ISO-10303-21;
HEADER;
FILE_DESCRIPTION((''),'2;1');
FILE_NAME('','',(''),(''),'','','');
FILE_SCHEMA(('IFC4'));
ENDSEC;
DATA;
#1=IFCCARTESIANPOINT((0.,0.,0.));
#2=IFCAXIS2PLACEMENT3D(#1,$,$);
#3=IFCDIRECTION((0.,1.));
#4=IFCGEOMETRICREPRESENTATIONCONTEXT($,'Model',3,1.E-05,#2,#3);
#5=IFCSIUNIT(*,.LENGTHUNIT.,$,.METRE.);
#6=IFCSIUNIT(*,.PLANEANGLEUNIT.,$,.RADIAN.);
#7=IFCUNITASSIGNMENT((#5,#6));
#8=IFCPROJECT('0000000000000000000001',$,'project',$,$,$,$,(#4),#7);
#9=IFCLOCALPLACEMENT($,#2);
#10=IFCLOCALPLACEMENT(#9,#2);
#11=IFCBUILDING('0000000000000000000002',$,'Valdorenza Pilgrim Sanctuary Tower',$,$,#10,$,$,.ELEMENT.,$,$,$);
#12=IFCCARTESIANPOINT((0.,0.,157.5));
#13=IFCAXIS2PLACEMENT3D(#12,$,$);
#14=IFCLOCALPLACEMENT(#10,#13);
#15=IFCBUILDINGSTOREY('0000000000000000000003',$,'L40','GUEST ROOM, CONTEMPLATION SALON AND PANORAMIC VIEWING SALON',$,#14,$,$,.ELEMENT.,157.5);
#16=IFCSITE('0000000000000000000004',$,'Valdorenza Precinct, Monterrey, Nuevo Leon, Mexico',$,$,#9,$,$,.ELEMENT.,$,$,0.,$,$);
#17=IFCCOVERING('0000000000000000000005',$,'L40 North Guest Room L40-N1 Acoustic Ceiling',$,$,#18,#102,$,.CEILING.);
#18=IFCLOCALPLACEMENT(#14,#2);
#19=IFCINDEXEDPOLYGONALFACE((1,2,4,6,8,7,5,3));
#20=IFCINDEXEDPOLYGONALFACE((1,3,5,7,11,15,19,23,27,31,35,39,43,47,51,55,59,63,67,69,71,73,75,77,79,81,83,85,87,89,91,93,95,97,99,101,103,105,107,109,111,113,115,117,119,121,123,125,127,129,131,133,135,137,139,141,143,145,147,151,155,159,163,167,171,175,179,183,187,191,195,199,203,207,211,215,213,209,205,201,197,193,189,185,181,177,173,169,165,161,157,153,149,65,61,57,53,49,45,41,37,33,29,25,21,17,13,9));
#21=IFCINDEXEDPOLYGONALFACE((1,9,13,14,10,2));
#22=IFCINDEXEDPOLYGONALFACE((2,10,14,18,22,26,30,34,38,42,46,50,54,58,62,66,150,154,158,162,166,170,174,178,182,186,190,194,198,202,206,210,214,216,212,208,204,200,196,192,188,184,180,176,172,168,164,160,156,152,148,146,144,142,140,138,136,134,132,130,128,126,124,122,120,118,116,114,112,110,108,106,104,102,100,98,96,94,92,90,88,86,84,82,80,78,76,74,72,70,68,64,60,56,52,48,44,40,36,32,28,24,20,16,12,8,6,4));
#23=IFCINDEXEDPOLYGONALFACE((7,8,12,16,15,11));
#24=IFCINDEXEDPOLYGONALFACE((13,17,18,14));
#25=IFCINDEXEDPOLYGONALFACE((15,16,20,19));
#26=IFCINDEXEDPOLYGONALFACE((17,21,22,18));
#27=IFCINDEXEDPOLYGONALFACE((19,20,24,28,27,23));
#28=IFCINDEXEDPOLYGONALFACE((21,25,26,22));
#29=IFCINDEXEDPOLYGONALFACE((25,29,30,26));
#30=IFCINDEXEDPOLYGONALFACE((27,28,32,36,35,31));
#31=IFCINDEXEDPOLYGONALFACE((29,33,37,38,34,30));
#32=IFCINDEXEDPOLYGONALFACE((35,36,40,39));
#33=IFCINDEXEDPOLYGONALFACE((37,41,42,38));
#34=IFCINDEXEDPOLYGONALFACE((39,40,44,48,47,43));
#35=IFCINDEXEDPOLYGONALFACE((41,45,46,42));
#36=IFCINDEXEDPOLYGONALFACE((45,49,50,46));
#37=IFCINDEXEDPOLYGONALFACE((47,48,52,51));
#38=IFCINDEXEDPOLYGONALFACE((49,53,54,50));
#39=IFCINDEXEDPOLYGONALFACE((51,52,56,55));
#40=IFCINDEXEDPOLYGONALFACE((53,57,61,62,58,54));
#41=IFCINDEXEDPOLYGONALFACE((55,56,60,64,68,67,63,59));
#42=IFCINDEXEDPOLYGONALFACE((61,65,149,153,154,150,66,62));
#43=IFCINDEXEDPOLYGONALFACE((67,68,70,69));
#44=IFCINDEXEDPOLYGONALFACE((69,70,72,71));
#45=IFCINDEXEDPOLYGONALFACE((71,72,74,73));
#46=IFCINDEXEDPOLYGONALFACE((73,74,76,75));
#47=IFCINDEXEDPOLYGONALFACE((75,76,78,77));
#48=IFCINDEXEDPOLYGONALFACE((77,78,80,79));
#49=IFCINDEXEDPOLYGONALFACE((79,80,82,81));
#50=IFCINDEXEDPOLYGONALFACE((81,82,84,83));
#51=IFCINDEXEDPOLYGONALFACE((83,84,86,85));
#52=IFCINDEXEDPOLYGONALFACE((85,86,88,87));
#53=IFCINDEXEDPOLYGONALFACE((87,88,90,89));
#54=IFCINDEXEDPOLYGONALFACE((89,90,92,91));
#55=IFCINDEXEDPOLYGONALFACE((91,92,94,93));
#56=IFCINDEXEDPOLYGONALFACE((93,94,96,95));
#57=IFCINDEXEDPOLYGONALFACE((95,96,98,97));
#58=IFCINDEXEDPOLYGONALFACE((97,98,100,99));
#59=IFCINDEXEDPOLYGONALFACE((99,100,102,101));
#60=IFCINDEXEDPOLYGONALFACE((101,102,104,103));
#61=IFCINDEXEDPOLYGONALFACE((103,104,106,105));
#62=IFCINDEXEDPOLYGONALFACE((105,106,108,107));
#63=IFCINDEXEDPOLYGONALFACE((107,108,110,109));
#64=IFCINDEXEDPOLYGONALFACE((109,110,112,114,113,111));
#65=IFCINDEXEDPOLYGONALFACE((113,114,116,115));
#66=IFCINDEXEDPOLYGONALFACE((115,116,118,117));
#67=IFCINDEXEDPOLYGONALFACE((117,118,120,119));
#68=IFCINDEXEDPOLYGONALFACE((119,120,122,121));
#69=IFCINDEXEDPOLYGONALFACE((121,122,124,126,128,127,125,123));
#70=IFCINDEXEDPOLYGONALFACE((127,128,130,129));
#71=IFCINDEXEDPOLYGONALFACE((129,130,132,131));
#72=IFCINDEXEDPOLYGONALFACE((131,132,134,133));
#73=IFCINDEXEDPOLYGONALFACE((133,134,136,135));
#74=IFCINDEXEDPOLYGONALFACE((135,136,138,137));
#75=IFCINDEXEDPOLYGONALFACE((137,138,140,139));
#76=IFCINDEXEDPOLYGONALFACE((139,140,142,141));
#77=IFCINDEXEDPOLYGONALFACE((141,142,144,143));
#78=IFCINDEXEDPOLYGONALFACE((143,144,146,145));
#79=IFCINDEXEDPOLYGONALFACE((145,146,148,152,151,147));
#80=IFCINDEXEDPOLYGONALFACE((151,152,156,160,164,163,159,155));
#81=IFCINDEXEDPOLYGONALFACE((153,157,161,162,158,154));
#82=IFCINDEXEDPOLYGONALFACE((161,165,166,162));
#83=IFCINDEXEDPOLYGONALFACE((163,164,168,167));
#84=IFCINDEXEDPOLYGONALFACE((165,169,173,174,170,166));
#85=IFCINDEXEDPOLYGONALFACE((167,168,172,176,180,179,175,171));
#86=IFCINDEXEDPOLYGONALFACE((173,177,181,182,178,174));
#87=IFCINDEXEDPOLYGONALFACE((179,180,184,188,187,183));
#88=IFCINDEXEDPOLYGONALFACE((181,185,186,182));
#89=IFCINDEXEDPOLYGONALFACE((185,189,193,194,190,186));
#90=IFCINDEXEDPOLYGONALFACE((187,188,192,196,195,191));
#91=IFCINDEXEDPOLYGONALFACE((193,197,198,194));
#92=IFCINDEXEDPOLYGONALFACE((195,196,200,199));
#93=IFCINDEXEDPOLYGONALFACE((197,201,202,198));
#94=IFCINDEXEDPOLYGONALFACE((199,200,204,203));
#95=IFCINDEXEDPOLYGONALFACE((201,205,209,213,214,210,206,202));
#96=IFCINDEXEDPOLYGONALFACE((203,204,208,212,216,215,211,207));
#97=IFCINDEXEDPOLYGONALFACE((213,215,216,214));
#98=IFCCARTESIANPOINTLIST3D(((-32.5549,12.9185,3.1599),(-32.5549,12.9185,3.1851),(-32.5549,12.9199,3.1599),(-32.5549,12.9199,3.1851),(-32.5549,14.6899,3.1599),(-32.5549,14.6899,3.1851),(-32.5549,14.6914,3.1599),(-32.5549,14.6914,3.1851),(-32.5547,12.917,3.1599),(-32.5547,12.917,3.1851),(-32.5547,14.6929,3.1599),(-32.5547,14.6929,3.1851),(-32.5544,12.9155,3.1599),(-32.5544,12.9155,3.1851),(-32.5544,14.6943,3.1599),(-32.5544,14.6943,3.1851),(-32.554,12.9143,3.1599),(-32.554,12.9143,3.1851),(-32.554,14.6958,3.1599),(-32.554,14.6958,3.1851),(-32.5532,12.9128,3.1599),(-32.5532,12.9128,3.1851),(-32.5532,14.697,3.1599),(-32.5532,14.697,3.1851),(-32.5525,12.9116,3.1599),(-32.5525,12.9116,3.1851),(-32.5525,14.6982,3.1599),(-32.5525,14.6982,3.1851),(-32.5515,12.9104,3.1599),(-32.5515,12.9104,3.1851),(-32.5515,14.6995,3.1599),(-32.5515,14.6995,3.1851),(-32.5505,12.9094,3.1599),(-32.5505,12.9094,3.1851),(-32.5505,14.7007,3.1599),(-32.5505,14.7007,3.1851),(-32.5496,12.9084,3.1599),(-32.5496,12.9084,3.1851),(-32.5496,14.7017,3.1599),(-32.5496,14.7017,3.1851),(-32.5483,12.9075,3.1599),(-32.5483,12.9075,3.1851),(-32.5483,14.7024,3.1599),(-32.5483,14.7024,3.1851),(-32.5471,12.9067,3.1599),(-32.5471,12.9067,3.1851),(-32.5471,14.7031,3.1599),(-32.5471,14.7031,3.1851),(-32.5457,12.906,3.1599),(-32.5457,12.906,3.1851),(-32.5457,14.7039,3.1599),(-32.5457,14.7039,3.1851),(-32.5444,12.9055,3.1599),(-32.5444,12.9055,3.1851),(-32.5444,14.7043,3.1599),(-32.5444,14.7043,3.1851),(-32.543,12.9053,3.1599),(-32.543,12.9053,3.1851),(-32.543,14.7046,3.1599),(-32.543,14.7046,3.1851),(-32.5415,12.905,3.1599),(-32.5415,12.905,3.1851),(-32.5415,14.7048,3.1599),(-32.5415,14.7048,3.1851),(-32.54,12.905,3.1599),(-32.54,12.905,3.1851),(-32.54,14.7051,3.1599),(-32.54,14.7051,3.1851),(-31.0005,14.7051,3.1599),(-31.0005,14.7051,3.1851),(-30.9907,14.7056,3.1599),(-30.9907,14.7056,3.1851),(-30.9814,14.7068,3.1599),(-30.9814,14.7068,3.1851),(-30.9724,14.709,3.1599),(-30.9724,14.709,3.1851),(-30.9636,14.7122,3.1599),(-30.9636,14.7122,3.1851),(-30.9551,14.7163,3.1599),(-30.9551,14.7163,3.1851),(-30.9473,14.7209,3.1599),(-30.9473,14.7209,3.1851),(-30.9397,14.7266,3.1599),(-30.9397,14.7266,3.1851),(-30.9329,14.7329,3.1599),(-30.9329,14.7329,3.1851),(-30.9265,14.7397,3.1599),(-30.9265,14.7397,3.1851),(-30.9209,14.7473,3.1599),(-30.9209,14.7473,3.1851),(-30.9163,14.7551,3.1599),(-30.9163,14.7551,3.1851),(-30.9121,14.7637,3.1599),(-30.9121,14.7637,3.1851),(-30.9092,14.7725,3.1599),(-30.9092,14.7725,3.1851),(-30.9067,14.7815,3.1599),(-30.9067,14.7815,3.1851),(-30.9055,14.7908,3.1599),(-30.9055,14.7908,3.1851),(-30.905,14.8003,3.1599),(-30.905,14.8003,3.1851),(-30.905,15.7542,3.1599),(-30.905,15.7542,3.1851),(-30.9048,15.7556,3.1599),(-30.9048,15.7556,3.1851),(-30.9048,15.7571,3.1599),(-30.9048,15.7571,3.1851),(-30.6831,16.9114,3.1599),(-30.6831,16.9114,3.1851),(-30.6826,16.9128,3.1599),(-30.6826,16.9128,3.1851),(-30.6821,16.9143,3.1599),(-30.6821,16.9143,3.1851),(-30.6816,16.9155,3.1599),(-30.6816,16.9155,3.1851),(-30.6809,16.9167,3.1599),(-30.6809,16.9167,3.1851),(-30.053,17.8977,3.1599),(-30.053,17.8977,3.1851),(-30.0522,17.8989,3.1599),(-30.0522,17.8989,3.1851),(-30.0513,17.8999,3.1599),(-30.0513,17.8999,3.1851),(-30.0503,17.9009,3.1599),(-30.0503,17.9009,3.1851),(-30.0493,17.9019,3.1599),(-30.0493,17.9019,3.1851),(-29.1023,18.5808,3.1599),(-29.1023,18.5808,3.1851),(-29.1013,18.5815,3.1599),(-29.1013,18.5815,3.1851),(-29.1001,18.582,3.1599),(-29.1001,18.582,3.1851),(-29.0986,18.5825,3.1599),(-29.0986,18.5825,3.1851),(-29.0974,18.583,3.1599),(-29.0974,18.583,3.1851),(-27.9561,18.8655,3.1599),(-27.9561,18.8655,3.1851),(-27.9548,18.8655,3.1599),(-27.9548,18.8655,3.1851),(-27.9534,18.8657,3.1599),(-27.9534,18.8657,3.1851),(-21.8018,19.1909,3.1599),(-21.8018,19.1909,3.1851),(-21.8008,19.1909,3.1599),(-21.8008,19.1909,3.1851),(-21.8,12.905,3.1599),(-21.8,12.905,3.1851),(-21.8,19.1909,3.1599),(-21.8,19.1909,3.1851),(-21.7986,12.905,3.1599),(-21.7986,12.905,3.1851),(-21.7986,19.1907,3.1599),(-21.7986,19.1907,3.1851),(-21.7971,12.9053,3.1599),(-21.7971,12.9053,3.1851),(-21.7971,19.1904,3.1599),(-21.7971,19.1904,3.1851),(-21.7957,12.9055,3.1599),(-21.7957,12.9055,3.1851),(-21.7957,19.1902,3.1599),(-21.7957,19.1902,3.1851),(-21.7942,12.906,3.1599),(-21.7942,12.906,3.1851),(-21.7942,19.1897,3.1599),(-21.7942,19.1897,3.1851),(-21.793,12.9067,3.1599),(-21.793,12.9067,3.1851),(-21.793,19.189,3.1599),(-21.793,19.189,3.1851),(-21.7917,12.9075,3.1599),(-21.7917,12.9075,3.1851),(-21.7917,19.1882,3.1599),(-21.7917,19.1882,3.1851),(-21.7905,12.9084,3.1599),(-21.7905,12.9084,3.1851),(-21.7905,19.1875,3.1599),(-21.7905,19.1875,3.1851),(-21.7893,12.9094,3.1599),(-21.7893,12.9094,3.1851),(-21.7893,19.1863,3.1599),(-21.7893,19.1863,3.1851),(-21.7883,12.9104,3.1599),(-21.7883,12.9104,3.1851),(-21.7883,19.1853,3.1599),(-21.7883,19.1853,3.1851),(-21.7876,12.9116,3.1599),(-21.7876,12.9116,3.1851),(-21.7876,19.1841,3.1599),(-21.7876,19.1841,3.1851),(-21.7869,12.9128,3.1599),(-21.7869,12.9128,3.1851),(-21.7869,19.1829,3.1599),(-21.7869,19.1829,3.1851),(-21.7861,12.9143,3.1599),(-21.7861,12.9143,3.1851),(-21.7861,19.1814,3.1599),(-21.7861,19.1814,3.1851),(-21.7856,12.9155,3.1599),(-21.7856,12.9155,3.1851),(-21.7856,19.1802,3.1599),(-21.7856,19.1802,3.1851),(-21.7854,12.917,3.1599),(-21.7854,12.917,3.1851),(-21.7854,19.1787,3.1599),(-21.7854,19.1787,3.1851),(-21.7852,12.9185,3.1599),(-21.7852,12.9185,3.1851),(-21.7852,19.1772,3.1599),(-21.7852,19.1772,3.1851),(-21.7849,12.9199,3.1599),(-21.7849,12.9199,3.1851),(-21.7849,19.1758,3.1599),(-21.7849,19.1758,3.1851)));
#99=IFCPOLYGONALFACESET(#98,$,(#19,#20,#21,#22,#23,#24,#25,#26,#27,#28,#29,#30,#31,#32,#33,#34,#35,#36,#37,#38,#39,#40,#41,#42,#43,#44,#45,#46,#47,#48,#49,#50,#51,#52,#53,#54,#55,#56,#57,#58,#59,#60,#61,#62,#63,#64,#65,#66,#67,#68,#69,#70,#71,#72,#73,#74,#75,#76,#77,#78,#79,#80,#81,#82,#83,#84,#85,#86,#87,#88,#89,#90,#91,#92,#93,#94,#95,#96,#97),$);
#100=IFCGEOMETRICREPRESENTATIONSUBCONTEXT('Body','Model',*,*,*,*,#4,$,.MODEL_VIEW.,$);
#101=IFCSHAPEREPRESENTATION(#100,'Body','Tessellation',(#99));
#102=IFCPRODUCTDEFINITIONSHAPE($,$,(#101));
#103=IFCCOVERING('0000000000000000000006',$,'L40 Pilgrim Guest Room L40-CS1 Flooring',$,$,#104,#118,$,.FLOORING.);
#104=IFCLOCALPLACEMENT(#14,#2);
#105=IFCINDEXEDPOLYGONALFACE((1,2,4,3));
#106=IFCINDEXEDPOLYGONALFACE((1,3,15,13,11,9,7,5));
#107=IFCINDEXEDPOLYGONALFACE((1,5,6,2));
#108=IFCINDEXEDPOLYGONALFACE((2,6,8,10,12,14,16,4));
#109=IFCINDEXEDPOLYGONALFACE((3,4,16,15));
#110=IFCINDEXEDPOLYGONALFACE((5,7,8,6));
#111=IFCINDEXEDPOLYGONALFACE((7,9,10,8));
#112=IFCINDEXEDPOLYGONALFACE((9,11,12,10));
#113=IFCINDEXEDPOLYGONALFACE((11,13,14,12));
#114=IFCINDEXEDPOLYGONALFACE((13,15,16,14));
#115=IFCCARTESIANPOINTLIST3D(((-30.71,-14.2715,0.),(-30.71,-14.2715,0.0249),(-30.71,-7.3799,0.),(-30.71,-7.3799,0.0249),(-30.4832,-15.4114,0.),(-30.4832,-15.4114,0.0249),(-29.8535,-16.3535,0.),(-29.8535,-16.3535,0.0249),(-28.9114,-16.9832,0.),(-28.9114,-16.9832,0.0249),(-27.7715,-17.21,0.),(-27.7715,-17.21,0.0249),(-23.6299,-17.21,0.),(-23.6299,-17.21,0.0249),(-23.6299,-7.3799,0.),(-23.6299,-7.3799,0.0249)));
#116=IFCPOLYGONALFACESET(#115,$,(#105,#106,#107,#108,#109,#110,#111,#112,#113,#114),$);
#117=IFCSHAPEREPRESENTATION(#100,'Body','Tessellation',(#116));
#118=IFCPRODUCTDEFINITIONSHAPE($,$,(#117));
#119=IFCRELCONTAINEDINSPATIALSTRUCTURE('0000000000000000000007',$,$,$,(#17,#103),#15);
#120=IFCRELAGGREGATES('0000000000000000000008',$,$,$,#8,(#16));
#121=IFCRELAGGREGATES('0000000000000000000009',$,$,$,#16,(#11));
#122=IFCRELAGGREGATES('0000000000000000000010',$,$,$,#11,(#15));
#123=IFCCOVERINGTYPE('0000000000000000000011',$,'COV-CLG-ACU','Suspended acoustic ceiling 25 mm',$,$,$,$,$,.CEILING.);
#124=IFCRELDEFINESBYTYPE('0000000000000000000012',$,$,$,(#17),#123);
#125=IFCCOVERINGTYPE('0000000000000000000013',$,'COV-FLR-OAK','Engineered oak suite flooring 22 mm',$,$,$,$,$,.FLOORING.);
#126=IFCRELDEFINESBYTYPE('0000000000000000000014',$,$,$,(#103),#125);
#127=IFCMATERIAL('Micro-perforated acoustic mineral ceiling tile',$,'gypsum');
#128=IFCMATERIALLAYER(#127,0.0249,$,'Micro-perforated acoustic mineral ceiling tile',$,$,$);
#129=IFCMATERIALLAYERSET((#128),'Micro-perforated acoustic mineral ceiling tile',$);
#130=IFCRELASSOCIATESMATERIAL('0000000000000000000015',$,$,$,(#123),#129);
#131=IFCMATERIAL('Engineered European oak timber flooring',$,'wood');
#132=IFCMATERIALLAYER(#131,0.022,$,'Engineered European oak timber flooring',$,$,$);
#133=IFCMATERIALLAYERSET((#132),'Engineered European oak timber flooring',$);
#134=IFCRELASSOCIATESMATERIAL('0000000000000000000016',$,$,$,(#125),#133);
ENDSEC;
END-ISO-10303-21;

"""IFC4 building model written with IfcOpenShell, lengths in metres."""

from ifc_helpers import new_model, si_unit, direction, frame, origin, place, context, subcontext, project, spatial, polyline, outline, extrude, material, layer, layer_set, type_object, element, save


model = new_model("IFC4")

# Units and contexts
model_context = context("Model", 3, precision=1e-05, world=origin(), true_north=direction((0.0, 1.0)))
body_context = subcontext(model_context, "Body", "Model", "MODEL_VIEW")
ifc_project = project(units=[si_unit("LENGTHUNIT", "METRE"), si_unit("PLANEANGLEUNIT", "RADIAN")], contexts=[model_context])

# Site, building, storey
site_placement = place(None, origin())
site = spatial("IfcSite", under=ifc_project, at=site_placement, Name="Valdorenza Precinct, Monterrey, Nuevo Leon, Mexico", CompositionType="ELEMENT", RefElevation=0.0)
building_placement = place(site_placement, origin())
building = spatial("IfcBuilding", under=site, at=building_placement, Name="Valdorenza Pilgrim Sanctuary Tower", CompositionType="ELEMENT")
storey_placement = place(building_placement, frame((0.0, 0.0, 157.5)))
storey = spatial("IfcBuildingStorey", under=building, at=storey_placement, Name="L40", Description="GUEST ROOM, CONTEMPLATION SALON AND PANORAMIC VIEWING SALON", CompositionType="ELEMENT", Elevation=157.5)

# Coverings
ifc_material_1 = material(Name="Micro-perforated acoustic mineral ceiling tile", Category="gypsum")
ifc_layer_1 = layer(ifc_material_1, 0.0249, Name="Micro-perforated acoustic mineral ceiling tile")
ifc_layer_set_1 = layer_set([ifc_layer_1], Name="Micro-perforated acoustic mineral ceiling tile")
covering_type_1 = type_object("IfcCoveringType", Name="COV-CLG-ACU", Description="Suspended acoustic ceiling 25 mm", PredefinedType="CEILING", material=ifc_layer_set_1)
covering_1_placement = place(storey_placement, frame((0.0, 0.0, 3.1599)))
element("IfcCovering", 1, at=covering_1_placement, inside=storey, type_object=covering_type_1, Name="L40 North Guest Room L40-N1 Acoustic Ceiling", PredefinedType="CEILING", context=body_context, shape_type="SweptSolid", body=[
    extrude(outline(polyline([(-31.0005, 14.7051), (-30.9907, 14.7056), (-30.9814, 14.7068), (-30.9724, 14.709), (-30.9636, 14.7122), (-30.9551, 14.7163), (-30.9473, 14.7209), (-30.9397, 14.7266), (-30.9329, 14.7329), (-30.9265, 14.7397), (-30.9209, 14.7473), (-30.9163, 14.7551), (-30.9121, 14.7637), (-30.9092, 14.7725), (-30.9067, 14.7815), (-30.9055, 14.7908), (-30.905, 14.8003), (-30.905, 15.7542), (-30.9048, 15.7556), (-30.9048, 15.7571), (-30.6831, 16.9114), (-30.6826, 16.9128), (-30.6821, 16.9143), (-30.6816, 16.9155), (-30.6809, 16.9167), (-30.053, 17.8977), (-30.0522, 17.8989), (-30.0513, 17.8999), (-30.0503, 17.9009), (-30.0493, 17.9019), (-29.1023, 18.5808), (-29.1013, 18.5815), (-29.1001, 18.582), (-29.0986, 18.5825), (-29.0974, 18.583), (-27.9561, 18.8655), (-27.9548, 18.8655), (-27.9534, 18.8657), (-21.8018, 19.1909), (-21.8008, 19.1909), (-21.8, 19.1909), (-21.7986, 19.1907), (-21.7971, 19.1904), (-21.7957, 19.1902), (-21.7942, 19.1897), (-21.793, 19.189), (-21.7917, 19.1882), (-21.7905, 19.1875), (-21.7893, 19.1863), (-21.7883, 19.1853), (-21.7876, 19.1841), (-21.7869, 19.1829), (-21.7861, 19.1814), (-21.7856, 19.1802), (-21.7854, 19.1787), (-21.7852, 19.1772), (-21.7849, 19.1758), (-21.7849, 12.9199), (-21.7852, 12.9185), (-21.7854, 12.917), (-21.7856, 12.9155), (-21.7861, 12.9143), (-21.7869, 12.9128), (-21.7876, 12.9116), (-21.7883, 12.9104), (-21.7893, 12.9094), (-21.7905, 12.9084), (-21.7917, 12.9075), (-21.793, 12.9067), (-21.7942, 12.906), (-21.7957, 12.9055), (-21.7971, 12.9053), (-21.7986, 12.905), (-21.8, 12.905), (-32.54, 12.905), (-32.5415, 12.905), (-32.543, 12.9053), (-32.5444, 12.9055), (-32.5457, 12.906), (-32.5471, 12.9067), (-32.5483, 12.9075), (-32.5496, 12.9084), (-32.5505, 12.9094), (-32.5515, 12.9104), (-32.5525, 12.9116), (-32.5532, 12.9128), (-32.554, 12.9143), (-32.5544, 12.9155), (-32.5547, 12.917), (-32.5549, 12.9185), (-32.5549, 12.9199), (-32.5549, 14.6899), (-32.5549, 14.6914), (-32.5547, 14.6929), (-32.5544, 14.6943), (-32.554, 14.6958), (-32.5532, 14.697), (-32.5525, 14.6982), (-32.5515, 14.6995), (-32.5505, 14.7007), (-32.5496, 14.7017), (-32.5483, 14.7024), (-32.5471, 14.7031), (-32.5457, 14.7039), (-32.5444, 14.7043), (-32.543, 14.7046), (-32.5415, 14.7048), (-32.54, 14.7051), (-31.0005, 14.7051)])), origin(), (0.0, 0.0, 1.0), 0.0251),
])
ifc_material_2 = material(Name="Engineered European oak timber flooring", Category="wood")
ifc_layer_2 = layer(ifc_material_2, 0.022, Name="Engineered European oak timber flooring")
ifc_layer_set_2 = layer_set([ifc_layer_2], Name="Engineered European oak timber flooring")
covering_type_2 = type_object("IfcCoveringType", Name="COV-FLR-OAK", Description="Engineered oak suite flooring 22 mm", PredefinedType="FLOORING", material=ifc_layer_set_2)
covering_2_placement = place(storey_placement, origin())
element("IfcCovering", 2, at=covering_2_placement, inside=storey, type_object=covering_type_2, Name="L40 Pilgrim Guest Room L40-CS1 Flooring", PredefinedType="FLOORING", context=body_context, shape_type="SweptSolid", body=[
    extrude(outline(polyline([(-23.6299, -7.3799), (-23.6299, -17.21), (-27.7715, -17.21), (-28.9114, -16.9832), (-29.8535, -16.3535), (-30.4832, -15.4114), (-30.71, -14.2715), (-30.71, -7.3799), (-23.6299, -7.3799)])), origin(), (0.0, 0.0, 1.0), 0.0249),
])

save(model, "model.ifc")
